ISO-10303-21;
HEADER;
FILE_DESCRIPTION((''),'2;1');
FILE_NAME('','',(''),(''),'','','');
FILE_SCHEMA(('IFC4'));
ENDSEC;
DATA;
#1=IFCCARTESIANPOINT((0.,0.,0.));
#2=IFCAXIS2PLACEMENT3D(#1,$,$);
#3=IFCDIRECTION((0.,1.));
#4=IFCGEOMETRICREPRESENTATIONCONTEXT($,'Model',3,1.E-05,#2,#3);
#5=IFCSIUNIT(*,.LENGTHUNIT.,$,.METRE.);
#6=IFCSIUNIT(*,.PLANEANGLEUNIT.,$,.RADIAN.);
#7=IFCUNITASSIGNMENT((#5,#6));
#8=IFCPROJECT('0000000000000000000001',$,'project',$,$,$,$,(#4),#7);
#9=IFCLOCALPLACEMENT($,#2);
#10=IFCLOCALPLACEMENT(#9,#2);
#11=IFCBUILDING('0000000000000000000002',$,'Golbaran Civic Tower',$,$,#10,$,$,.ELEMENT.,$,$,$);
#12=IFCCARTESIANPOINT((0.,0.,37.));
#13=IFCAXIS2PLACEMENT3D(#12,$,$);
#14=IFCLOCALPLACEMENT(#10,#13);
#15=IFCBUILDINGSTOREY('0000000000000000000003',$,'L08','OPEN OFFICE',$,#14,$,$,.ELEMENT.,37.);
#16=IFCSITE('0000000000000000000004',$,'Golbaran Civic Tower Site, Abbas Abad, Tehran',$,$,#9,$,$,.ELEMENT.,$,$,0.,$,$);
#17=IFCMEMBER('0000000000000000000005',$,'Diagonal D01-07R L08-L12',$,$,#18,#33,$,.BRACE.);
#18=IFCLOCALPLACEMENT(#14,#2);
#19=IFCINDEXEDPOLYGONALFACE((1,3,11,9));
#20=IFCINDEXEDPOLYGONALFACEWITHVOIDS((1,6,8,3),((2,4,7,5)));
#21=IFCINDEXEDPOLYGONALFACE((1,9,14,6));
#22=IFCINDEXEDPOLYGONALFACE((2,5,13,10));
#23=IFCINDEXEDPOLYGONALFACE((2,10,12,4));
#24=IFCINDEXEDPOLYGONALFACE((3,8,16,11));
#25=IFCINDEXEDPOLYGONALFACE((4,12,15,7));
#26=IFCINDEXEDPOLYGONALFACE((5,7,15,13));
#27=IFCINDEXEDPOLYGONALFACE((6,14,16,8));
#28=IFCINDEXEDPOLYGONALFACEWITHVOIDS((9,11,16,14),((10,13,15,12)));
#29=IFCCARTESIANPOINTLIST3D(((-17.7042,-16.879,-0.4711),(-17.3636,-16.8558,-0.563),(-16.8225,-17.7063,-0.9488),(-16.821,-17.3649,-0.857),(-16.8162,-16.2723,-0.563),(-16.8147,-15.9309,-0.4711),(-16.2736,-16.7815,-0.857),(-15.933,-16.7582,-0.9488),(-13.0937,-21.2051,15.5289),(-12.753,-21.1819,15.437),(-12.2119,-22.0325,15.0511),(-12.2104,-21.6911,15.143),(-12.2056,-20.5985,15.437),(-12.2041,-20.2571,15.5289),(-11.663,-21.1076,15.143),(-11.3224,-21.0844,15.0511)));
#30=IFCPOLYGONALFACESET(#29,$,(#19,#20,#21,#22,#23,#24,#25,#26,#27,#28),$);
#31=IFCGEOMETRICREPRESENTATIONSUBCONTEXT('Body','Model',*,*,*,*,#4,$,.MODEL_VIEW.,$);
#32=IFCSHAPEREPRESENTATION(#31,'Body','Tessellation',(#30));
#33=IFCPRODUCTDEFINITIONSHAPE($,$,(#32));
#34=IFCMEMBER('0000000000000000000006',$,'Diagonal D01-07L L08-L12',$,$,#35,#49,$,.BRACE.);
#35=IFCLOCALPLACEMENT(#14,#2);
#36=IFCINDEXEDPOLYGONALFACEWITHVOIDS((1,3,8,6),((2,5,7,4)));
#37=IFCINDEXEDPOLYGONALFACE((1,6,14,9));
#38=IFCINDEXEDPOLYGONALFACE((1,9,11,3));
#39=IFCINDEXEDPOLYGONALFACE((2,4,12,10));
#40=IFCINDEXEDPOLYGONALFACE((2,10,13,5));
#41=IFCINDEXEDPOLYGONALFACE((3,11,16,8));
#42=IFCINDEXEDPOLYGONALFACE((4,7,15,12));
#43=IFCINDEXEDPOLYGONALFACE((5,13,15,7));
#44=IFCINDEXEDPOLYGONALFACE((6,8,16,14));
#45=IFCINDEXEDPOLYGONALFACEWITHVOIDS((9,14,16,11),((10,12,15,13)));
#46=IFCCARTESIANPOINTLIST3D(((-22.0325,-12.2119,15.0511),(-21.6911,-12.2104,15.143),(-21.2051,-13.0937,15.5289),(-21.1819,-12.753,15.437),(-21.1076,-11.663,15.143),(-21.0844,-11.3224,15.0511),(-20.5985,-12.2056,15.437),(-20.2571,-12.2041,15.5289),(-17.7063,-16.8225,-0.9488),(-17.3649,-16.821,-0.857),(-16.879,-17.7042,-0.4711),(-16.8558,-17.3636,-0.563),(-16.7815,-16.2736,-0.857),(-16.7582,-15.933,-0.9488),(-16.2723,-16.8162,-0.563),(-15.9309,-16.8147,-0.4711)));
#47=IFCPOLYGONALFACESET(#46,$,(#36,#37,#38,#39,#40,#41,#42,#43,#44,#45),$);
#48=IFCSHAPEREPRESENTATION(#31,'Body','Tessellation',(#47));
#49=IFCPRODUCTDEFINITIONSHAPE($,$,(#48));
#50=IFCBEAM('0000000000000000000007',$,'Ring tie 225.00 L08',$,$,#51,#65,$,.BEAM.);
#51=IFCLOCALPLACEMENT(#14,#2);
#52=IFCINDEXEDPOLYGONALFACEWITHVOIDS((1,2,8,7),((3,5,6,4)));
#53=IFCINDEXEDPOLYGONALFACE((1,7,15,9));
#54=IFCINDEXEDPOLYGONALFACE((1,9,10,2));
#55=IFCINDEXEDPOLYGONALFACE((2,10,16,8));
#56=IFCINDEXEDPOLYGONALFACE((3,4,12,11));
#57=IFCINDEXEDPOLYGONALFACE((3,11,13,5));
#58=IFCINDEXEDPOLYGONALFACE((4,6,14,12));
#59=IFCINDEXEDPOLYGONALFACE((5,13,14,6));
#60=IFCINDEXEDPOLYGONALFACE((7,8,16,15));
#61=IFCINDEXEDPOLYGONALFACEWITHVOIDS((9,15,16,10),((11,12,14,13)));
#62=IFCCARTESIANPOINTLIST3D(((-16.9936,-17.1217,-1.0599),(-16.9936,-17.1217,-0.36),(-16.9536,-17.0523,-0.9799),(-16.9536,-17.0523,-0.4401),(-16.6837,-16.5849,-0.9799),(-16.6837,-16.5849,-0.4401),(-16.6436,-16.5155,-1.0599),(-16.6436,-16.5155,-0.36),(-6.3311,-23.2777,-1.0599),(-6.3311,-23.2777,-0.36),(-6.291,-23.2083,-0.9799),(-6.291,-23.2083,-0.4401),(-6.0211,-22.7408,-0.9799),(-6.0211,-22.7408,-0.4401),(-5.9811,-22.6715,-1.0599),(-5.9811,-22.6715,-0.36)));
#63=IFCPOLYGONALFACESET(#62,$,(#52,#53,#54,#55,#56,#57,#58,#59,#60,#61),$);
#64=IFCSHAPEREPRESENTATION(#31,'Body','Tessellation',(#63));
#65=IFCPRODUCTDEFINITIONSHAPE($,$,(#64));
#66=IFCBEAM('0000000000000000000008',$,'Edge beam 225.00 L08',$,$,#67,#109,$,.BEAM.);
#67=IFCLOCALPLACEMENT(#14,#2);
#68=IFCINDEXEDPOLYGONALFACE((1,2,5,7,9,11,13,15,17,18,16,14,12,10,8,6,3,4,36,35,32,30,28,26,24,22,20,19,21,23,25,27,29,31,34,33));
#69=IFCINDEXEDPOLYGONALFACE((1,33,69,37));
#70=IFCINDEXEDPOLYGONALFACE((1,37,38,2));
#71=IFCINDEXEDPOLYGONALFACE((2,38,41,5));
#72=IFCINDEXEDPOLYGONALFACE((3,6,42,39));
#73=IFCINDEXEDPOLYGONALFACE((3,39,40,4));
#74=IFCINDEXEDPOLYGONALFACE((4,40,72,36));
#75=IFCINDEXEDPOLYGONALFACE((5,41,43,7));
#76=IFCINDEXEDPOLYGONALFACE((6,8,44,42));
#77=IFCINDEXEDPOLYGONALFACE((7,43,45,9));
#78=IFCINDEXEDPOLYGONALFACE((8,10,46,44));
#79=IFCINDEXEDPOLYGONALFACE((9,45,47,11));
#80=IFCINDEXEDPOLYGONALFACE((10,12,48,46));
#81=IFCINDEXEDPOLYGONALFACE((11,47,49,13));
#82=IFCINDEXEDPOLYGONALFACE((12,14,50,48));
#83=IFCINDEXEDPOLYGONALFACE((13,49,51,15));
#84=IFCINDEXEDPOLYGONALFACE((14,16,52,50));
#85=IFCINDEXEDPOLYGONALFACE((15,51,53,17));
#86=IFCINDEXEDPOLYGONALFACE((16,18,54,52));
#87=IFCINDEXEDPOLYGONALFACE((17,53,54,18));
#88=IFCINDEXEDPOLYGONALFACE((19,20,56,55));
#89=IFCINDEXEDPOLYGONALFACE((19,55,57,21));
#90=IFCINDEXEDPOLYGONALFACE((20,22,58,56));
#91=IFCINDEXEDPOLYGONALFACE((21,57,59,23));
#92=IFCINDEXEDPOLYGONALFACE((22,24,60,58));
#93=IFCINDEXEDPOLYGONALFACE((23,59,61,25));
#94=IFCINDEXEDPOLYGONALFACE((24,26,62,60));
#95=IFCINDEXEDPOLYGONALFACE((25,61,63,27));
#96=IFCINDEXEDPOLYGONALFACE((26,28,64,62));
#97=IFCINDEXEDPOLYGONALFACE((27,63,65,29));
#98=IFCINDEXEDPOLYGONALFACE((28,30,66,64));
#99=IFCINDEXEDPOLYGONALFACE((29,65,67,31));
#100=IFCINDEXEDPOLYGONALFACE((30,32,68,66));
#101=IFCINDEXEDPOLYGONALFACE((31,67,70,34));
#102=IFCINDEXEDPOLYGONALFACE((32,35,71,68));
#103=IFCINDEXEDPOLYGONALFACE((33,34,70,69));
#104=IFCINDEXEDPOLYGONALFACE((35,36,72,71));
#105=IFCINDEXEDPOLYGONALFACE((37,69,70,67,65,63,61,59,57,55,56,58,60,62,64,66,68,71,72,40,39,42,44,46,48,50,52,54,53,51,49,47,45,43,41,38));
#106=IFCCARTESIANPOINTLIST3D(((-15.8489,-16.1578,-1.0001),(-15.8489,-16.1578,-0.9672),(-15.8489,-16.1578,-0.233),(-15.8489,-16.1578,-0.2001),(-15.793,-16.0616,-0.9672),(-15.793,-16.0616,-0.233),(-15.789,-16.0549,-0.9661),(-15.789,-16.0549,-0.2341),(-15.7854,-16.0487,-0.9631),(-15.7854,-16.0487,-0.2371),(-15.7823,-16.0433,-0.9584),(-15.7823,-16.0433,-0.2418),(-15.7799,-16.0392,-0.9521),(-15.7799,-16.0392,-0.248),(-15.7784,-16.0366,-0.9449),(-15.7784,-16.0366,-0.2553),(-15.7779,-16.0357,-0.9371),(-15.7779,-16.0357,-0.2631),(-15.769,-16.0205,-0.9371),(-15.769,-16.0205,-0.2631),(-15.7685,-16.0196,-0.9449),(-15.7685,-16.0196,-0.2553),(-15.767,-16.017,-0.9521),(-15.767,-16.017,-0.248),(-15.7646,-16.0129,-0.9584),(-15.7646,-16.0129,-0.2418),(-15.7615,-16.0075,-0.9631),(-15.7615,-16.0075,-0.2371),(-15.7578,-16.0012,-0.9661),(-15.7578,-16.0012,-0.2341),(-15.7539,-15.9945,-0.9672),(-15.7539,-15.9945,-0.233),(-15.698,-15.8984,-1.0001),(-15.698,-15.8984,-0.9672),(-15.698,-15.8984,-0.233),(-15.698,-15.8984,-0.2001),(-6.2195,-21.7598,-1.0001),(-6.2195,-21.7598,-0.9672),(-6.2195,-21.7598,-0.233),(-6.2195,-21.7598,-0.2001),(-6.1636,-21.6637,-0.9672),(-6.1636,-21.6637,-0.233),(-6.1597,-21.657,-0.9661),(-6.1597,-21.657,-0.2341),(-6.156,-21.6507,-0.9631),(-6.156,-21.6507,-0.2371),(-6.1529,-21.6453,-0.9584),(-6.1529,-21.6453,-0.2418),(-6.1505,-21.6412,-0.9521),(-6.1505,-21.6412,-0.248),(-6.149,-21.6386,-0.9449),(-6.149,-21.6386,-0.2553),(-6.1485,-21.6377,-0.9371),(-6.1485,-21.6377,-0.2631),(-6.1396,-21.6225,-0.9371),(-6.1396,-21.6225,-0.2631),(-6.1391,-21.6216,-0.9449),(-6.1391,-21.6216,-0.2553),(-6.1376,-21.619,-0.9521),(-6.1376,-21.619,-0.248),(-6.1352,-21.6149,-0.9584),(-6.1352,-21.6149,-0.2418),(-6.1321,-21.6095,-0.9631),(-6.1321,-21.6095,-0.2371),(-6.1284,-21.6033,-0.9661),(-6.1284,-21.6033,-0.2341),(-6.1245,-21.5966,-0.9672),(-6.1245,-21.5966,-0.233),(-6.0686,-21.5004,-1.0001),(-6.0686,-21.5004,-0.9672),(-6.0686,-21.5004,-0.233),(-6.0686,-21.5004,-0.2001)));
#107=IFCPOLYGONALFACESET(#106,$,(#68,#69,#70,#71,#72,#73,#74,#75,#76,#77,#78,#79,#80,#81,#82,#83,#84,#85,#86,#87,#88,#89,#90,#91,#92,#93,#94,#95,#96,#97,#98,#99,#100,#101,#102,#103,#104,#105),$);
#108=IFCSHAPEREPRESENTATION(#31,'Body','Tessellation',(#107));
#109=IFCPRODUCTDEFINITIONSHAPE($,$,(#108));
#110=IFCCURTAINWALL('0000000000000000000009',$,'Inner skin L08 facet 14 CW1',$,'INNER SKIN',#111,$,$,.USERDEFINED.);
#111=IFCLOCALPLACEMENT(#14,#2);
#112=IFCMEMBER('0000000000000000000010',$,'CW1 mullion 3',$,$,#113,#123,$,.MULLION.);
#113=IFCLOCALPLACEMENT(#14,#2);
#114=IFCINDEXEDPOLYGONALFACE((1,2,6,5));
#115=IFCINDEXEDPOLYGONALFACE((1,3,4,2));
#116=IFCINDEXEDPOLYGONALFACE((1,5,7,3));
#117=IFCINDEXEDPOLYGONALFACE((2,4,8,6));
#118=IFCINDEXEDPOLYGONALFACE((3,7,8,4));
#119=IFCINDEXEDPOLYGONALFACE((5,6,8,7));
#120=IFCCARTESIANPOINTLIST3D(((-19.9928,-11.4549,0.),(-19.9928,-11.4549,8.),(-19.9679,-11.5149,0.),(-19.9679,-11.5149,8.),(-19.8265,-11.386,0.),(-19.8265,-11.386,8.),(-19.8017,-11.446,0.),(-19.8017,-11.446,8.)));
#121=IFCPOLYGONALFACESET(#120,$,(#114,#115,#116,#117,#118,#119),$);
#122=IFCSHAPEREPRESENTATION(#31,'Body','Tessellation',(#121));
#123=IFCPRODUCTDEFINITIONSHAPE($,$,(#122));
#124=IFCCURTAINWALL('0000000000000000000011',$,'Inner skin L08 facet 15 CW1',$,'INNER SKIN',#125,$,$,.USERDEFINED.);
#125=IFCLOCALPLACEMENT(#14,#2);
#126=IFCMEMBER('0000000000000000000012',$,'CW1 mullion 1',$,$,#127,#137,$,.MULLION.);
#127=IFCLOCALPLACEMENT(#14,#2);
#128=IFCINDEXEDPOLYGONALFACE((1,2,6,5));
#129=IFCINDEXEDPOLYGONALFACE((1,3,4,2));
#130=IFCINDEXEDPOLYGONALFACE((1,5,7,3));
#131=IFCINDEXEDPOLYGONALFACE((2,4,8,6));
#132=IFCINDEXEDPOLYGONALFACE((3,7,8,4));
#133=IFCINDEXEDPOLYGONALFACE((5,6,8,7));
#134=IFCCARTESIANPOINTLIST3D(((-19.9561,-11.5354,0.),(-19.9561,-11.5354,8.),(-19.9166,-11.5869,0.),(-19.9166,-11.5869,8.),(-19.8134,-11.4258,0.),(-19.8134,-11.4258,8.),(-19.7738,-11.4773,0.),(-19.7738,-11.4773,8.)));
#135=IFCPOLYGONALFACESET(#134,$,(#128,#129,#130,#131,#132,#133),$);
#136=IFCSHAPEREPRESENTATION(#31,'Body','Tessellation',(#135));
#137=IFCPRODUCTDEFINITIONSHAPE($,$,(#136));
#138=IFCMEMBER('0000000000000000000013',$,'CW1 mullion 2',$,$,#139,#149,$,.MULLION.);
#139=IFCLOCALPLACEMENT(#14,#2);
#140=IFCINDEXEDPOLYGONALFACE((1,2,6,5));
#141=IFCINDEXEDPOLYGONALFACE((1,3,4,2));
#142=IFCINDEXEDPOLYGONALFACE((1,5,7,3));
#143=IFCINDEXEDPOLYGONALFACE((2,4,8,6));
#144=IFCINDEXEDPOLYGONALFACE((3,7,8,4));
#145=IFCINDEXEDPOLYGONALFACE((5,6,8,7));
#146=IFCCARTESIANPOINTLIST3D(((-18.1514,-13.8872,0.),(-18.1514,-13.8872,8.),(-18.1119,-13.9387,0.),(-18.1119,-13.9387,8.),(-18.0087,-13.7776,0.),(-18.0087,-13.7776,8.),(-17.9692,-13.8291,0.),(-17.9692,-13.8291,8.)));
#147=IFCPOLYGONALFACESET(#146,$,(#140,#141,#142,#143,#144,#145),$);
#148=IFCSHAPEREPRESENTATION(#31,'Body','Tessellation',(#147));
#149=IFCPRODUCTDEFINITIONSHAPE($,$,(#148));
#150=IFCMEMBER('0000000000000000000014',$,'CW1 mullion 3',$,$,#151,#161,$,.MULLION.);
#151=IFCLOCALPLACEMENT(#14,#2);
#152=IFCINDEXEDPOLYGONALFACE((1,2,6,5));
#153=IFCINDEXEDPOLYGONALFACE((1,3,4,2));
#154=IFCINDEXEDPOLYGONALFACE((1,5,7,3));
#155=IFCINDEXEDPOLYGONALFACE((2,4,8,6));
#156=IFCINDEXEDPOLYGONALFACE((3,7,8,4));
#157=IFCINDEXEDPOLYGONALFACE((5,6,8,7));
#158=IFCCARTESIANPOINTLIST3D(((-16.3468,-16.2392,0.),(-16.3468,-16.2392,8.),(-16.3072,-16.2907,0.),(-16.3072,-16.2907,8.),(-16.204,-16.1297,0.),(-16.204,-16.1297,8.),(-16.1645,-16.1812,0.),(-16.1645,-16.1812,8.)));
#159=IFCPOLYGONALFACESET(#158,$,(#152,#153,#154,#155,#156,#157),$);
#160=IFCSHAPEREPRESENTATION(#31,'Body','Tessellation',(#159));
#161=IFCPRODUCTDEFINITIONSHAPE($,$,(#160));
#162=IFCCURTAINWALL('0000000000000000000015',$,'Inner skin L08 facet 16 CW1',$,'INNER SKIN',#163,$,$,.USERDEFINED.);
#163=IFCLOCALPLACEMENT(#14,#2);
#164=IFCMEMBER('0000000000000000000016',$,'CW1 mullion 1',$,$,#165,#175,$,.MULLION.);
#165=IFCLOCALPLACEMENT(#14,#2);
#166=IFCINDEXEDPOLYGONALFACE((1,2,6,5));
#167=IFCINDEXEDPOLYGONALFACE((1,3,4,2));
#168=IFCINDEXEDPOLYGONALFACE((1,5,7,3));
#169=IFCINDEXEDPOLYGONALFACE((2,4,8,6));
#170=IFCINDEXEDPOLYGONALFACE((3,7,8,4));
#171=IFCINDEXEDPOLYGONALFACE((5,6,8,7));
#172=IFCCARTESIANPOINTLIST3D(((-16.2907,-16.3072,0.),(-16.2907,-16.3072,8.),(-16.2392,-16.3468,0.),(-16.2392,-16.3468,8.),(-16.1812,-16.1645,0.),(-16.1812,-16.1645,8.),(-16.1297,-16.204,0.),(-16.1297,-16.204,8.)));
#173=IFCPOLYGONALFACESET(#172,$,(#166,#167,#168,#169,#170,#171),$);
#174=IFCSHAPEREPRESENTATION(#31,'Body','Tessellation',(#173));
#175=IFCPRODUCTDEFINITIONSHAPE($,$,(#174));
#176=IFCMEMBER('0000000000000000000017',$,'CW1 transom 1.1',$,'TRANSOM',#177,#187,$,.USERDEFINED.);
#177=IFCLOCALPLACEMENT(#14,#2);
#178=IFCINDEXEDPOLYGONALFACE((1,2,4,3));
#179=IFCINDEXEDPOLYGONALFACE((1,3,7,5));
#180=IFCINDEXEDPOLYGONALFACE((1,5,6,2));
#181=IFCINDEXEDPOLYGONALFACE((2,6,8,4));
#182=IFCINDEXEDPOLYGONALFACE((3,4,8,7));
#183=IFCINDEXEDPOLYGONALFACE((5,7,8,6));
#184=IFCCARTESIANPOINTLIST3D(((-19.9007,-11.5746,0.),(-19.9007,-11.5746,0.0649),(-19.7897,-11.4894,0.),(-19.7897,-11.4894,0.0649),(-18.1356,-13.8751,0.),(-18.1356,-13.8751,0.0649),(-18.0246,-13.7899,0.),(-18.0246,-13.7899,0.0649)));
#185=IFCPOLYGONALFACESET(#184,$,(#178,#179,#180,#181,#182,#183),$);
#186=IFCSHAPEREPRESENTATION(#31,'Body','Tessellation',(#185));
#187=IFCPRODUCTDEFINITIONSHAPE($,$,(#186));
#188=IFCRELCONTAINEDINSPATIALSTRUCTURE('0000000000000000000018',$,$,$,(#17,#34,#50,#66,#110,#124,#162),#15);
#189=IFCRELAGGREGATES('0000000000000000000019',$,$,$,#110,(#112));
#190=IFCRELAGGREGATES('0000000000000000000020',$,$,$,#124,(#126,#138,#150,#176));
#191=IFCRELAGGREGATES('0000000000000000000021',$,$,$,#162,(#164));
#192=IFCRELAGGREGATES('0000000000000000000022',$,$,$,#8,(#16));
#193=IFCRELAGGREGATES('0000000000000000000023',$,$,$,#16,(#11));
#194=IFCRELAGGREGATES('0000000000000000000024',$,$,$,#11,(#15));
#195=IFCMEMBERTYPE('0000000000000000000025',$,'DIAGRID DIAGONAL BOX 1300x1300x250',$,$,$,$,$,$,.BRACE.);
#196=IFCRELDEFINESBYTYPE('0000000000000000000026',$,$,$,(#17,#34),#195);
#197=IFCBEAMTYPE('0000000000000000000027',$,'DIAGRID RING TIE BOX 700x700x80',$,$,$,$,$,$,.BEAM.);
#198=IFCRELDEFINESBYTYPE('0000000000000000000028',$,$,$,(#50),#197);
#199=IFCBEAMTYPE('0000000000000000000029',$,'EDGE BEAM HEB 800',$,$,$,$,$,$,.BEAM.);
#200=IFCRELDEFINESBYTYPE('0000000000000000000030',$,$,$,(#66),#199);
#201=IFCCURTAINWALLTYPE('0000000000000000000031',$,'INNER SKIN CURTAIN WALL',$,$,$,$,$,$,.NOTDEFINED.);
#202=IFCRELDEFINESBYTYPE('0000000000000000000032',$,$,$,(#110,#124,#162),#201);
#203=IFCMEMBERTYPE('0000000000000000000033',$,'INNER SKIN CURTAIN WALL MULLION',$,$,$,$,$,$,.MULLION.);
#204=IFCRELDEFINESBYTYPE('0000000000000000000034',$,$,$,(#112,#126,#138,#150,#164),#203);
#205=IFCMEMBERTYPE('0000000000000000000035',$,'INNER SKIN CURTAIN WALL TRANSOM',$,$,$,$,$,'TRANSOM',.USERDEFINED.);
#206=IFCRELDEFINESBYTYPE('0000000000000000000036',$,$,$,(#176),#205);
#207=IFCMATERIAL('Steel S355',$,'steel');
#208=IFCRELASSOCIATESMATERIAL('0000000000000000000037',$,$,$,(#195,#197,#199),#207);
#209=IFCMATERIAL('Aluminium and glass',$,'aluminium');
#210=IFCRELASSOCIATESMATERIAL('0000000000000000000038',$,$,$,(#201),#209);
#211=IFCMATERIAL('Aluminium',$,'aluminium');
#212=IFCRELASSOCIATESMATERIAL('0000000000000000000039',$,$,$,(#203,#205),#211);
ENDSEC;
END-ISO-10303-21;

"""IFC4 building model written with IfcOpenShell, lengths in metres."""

from ifc_helpers import new_model, si_unit, direction, frame, origin, origin_2d, place, context, subcontext, project, spatial, rectangle, hollow_rectangle, i_section, extrude, material, material_profile, profile_set, type_object, element, aggregate, save


model = new_model("IFC4")

# Units and contexts
model_context = context("Model", 3, precision=1e-05, world=origin(), true_north=direction((0.0, 1.0)))
body_context = subcontext(model_context, "Body", "Model", "MODEL_VIEW")
ifc_project = project(units=[si_unit("LENGTHUNIT", "METRE"), si_unit("PLANEANGLEUNIT", "RADIAN")], contexts=[model_context])

# Site, building, storey
site_placement = place(None, origin())
site = spatial("IfcSite", under=ifc_project, at=site_placement, Name="Golbaran Civic Tower Site, Abbas Abad, Tehran", CompositionType="ELEMENT", RefElevation=0.0)
building_placement = place(site_placement, origin())
building = spatial("IfcBuilding", under=site, at=building_placement, Name="Golbaran Civic Tower", CompositionType="ELEMENT")
storey_placement = place(building_placement, frame((0.0, 0.0, 37.0)))
storey = spatial("IfcBuildingStorey", under=building, at=storey_placement, Name="L08", Description="OPEN OFFICE", CompositionType="ELEMENT", Elevation=37.0)

# Members
ifc_material_1 = material(Name="Steel S355", Category="steel")
ifc_material_profile_1 = material_profile(ifc_material_1, hollow_rectangle(XDim=1.3, YDim=1.3, WallThickness=0.25, at=origin_2d()), Name="BOX 1300x1300x250")
ifc_profile_set_1 = profile_set([ifc_material_profile_1], Name="Steel S355")
member_type_1 = type_object("IfcMemberType", Name="DIAGRID DIAGONAL BOX 1300x1300x250", PredefinedType="BRACE", material=ifc_profile_set_1)
for number, where, z_axis, x_axis, name in (
    (1, (-16.8186, -16.8186, -0.71), (0.267997, -0.251465, 0.930023), (0.684256, 0.729242, 0.0), "Diagonal D01-07R L08-L12"),
    (2, (-16.8186, -16.8186, -0.71), (-0.251465, 0.267997, 0.930023), (-0.729242, -0.684256, 0.0), "Diagonal D01-07L L08-L12"),
):
    element("IfcMember", number, at=place(storey_placement, frame(where, z_axis=z_axis, x_axis=x_axis)), inside=storey, type_object=member_type_1, Name=name, PredefinedType="BRACE", context=body_context, shape_type="SweptSolid", body=[
        extrude(hollow_rectangle(XDim=1.3, YDim=1.3, WallThickness=0.25, at=origin_2d()), origin(), (0.0, 0.0, 1.0), 17.2039),
    ])

# Beams
ifc_material_profile_2 = material_profile(ifc_material_1, hollow_rectangle(XDim=0.7, YDim=0.7, WallThickness=0.0801, at=origin_2d()), Name="BOX 700x700x80")
ifc_profile_set_2 = profile_set([ifc_material_profile_2], Name="Steel S355")
beam_type_1 = type_object("IfcBeamType", Name="DIAGRID RING TIE BOX 700x700x80", PredefinedType="BEAM", material=ifc_profile_set_2)
beam_1_placement = place(storey_placement, frame((-16.8186, -16.8186, -0.71), z_axis=(0.866027, -0.499997, 0.0), x_axis=(0.499997, 0.866027, 0.0)))
element("IfcBeam", 3, at=beam_1_placement, inside=storey, type_object=beam_type_1, Name="Ring tie 225.00 L08", PredefinedType="BEAM", context=body_context, shape_type="SweptSolid", body=[
    extrude(hollow_rectangle(XDim=0.7, YDim=0.7, WallThickness=0.0801, at=origin_2d()), origin(), (0.0, 0.0, 1.0), 12.312),
])
ifc_material_profile_3 = material_profile(ifc_material_1, i_section(OverallWidth=0.3, OverallDepth=0.8, WebThickness=0.0176, FlangeThickness=0.033, FilletRadius=0.03, at=origin_2d()), Name="HEB 800")
ifc_profile_set_3 = profile_set([ifc_material_profile_3], Name="Steel S355")
beam_type_2 = type_object("IfcBeamType", Name="EDGE BEAM HEB 800", PredefinedType="BEAM", material=ifc_profile_set_3)
beam_2_placement = place(storey_placement, frame((-15.7734, -16.0281, -0.6001), z_axis=(0.864368, -0.50286, 0.0), x_axis=(0.50286, 0.864368, 0.0)))
element("IfcBeam", 4, at=beam_2_placement, inside=storey, type_object=beam_type_2, Name="Edge beam 225.00 L08", PredefinedType="BEAM", context=body_context, shape_type="SweptSolid", body=[
    extrude(i_section(OverallWidth=0.3, OverallDepth=0.8, WebThickness=0.0176, FlangeThickness=0.033, FilletRadius=0.03, at=origin_2d()), origin(), (0.0, 0.0, 1.0), 11.1404),
])

# Curtain wall, member
ifc_material_2 = material(Name="Aluminium and glass", Category="aluminium")
curtain_wall_type_1 = type_object("IfcCurtainWallType", Name="INNER SKIN CURTAIN WALL", PredefinedType="NOTDEFINED", material=ifc_material_2)
curtain_wall_1_placement = place(storey_placement, origin())
curtain_wall_1 = element("IfcCurtainWall", 5, at=curtain_wall_1_placement, inside=storey, type_object=curtain_wall_type_1, Name="Inner skin L08 facet 14 CW1", ObjectType="INNER SKIN", PredefinedType="USERDEFINED")
ifc_material_3 = material(Name="Aluminium", Category="aluminium")
ifc_material_profile_4 = material_profile(ifc_material_3, rectangle(XDim=0.1799, YDim=0.0649, at=origin_2d()), Name="INNER SKIN CURTAIN WALL MULLION")
ifc_profile_set_4 = profile_set([ifc_material_profile_4], Name="Aluminium")
member_type_2 = type_object("IfcMemberType", Name="INNER SKIN CURTAIN WALL MULLION", PredefinedType="MULLION", material=ifc_profile_set_4)
member_1_placement = place(storey_placement, frame((-19.8972, -11.4504, 0.0), z_axis=(0.0, 0.0, 1.0), x_axis=(0.92388, 0.382683, 0.0)))
member_1 = element("IfcMember", 6, at=member_1_placement, type_object=member_type_2, Name="CW1 mullion 3", PredefinedType="MULLION", context=body_context, shape_type="SweptSolid", body=[
    extrude(rectangle(XDim=0.1799, YDim=0.0649, at=origin_2d()), origin(), (0.0, 0.0, 1.0), 8.0),
])

# Curtain wall, members
curtain_wall_2_placement = place(storey_placement, origin())
curtain_wall_2 = element("IfcCurtainWall", 7, at=curtain_wall_2_placement, inside=storey, type_object=curtain_wall_type_1, Name="Inner skin L08 facet 15 CW1", ObjectType="INNER SKIN", PredefinedType="USERDEFINED")
member_2_placement = place(storey_placement, frame((-19.865, -11.5063, 0.0), z_axis=(0.0, 0.0, 1.0), x_axis=(0.793353, 0.608761, 0.0)))
member_2 = element("IfcMember", 8, at=member_2_placement, type_object=member_type_2, Name="CW1 mullion 1", PredefinedType="MULLION", context=body_context, shape_type="SweptSolid", body=[
    extrude(rectangle(XDim=0.1799, YDim=0.0649, at=origin_2d()), origin(), (0.0, 0.0, 1.0), 8.0),
])
member_3_placement = place(storey_placement, frame((-18.0603, -13.8582, 0.0), z_axis=(0.0, 0.0, 1.0), x_axis=(0.793353, 0.608761, 0.0)))
member_3 = element("IfcMember", 9, at=member_3_placement, type_object=member_type_2, Name="CW1 mullion 2", PredefinedType="MULLION", context=body_context, shape_type="SweptSolid", body=[
    extrude(rectangle(XDim=0.1799, YDim=0.0649, at=origin_2d()), origin(), (0.0, 0.0, 1.0), 8.0),
])
member_4_placement = place(storey_placement, frame((-16.2556, -16.2102, 0.0), z_axis=(0.0, 0.0, 1.0), x_axis=(0.793353, 0.608761, 0.0)))
member_4 = element("IfcMember", 10, at=member_4_placement, type_object=member_type_2, Name="CW1 mullion 3", PredefinedType="MULLION", context=body_context, shape_type="SweptSolid", body=[
    extrude(rectangle(XDim=0.1799, YDim=0.0649, at=origin_2d()), origin(), (0.0, 0.0, 1.0), 8.0),
])

# Curtain wall, member
curtain_wall_3_placement = place(storey_placement, origin())
curtain_wall_3 = element("IfcCurtainWall", 11, at=curtain_wall_3_placement, inside=storey, type_object=curtain_wall_type_1, Name="Inner skin L08 facet 16 CW1", ObjectType="INNER SKIN", PredefinedType="USERDEFINED")
member_5_placement = place(storey_placement, frame((-16.2102, -16.2556, 0.0), z_axis=(0.0, 0.0, 1.0), x_axis=(0.608761, 0.793353, 0.0)))
member_5 = element("IfcMember", 12, at=member_5_placement, type_object=member_type_2, Name="CW1 mullion 1", PredefinedType="MULLION", context=body_context, shape_type="SweptSolid", body=[
    extrude(rectangle(XDim=0.1799, YDim=0.0649, at=origin_2d()), origin(), (0.0, 0.0, 1.0), 8.0),
])

# Member
ifc_material_profile_5 = material_profile(ifc_material_3, rectangle(XDim=0.1399, YDim=0.0649, at=origin_2d()), Name="INNER SKIN CURTAIN WALL TRANSOM")
ifc_profile_set_5 = profile_set([ifc_material_profile_5], Name="Aluminium")
member_type_3 = type_object("IfcMemberType", Name="INNER SKIN CURTAIN WALL TRANSOM", ElementType="TRANSOM", PredefinedType="USERDEFINED", material=ifc_profile_set_5)
member_6_placement = place(storey_placement, frame((-19.8452, -11.532, 0.0325), z_axis=(0.608734, -0.793375, 0.0), x_axis=(0.793375, 0.608734, 0.0)))
member_6 = element("IfcMember", 13, at=member_6_placement, type_object=member_type_3, Name="CW1 transom 1.1", ObjectType="TRANSOM", PredefinedType="USERDEFINED", context=body_context, shape_type="SweptSolid", body=[
    extrude(rectangle(XDim=0.1399, YDim=0.0649, at=origin_2d()), origin(), (0.0, 0.0, 1.0), 2.8997),
])

aggregate(curtain_wall_1, [member_1])
aggregate(curtain_wall_2, [member_2, member_3, member_4, member_6])
aggregate(curtain_wall_3, [member_5])

save(model, "model.ifc")
